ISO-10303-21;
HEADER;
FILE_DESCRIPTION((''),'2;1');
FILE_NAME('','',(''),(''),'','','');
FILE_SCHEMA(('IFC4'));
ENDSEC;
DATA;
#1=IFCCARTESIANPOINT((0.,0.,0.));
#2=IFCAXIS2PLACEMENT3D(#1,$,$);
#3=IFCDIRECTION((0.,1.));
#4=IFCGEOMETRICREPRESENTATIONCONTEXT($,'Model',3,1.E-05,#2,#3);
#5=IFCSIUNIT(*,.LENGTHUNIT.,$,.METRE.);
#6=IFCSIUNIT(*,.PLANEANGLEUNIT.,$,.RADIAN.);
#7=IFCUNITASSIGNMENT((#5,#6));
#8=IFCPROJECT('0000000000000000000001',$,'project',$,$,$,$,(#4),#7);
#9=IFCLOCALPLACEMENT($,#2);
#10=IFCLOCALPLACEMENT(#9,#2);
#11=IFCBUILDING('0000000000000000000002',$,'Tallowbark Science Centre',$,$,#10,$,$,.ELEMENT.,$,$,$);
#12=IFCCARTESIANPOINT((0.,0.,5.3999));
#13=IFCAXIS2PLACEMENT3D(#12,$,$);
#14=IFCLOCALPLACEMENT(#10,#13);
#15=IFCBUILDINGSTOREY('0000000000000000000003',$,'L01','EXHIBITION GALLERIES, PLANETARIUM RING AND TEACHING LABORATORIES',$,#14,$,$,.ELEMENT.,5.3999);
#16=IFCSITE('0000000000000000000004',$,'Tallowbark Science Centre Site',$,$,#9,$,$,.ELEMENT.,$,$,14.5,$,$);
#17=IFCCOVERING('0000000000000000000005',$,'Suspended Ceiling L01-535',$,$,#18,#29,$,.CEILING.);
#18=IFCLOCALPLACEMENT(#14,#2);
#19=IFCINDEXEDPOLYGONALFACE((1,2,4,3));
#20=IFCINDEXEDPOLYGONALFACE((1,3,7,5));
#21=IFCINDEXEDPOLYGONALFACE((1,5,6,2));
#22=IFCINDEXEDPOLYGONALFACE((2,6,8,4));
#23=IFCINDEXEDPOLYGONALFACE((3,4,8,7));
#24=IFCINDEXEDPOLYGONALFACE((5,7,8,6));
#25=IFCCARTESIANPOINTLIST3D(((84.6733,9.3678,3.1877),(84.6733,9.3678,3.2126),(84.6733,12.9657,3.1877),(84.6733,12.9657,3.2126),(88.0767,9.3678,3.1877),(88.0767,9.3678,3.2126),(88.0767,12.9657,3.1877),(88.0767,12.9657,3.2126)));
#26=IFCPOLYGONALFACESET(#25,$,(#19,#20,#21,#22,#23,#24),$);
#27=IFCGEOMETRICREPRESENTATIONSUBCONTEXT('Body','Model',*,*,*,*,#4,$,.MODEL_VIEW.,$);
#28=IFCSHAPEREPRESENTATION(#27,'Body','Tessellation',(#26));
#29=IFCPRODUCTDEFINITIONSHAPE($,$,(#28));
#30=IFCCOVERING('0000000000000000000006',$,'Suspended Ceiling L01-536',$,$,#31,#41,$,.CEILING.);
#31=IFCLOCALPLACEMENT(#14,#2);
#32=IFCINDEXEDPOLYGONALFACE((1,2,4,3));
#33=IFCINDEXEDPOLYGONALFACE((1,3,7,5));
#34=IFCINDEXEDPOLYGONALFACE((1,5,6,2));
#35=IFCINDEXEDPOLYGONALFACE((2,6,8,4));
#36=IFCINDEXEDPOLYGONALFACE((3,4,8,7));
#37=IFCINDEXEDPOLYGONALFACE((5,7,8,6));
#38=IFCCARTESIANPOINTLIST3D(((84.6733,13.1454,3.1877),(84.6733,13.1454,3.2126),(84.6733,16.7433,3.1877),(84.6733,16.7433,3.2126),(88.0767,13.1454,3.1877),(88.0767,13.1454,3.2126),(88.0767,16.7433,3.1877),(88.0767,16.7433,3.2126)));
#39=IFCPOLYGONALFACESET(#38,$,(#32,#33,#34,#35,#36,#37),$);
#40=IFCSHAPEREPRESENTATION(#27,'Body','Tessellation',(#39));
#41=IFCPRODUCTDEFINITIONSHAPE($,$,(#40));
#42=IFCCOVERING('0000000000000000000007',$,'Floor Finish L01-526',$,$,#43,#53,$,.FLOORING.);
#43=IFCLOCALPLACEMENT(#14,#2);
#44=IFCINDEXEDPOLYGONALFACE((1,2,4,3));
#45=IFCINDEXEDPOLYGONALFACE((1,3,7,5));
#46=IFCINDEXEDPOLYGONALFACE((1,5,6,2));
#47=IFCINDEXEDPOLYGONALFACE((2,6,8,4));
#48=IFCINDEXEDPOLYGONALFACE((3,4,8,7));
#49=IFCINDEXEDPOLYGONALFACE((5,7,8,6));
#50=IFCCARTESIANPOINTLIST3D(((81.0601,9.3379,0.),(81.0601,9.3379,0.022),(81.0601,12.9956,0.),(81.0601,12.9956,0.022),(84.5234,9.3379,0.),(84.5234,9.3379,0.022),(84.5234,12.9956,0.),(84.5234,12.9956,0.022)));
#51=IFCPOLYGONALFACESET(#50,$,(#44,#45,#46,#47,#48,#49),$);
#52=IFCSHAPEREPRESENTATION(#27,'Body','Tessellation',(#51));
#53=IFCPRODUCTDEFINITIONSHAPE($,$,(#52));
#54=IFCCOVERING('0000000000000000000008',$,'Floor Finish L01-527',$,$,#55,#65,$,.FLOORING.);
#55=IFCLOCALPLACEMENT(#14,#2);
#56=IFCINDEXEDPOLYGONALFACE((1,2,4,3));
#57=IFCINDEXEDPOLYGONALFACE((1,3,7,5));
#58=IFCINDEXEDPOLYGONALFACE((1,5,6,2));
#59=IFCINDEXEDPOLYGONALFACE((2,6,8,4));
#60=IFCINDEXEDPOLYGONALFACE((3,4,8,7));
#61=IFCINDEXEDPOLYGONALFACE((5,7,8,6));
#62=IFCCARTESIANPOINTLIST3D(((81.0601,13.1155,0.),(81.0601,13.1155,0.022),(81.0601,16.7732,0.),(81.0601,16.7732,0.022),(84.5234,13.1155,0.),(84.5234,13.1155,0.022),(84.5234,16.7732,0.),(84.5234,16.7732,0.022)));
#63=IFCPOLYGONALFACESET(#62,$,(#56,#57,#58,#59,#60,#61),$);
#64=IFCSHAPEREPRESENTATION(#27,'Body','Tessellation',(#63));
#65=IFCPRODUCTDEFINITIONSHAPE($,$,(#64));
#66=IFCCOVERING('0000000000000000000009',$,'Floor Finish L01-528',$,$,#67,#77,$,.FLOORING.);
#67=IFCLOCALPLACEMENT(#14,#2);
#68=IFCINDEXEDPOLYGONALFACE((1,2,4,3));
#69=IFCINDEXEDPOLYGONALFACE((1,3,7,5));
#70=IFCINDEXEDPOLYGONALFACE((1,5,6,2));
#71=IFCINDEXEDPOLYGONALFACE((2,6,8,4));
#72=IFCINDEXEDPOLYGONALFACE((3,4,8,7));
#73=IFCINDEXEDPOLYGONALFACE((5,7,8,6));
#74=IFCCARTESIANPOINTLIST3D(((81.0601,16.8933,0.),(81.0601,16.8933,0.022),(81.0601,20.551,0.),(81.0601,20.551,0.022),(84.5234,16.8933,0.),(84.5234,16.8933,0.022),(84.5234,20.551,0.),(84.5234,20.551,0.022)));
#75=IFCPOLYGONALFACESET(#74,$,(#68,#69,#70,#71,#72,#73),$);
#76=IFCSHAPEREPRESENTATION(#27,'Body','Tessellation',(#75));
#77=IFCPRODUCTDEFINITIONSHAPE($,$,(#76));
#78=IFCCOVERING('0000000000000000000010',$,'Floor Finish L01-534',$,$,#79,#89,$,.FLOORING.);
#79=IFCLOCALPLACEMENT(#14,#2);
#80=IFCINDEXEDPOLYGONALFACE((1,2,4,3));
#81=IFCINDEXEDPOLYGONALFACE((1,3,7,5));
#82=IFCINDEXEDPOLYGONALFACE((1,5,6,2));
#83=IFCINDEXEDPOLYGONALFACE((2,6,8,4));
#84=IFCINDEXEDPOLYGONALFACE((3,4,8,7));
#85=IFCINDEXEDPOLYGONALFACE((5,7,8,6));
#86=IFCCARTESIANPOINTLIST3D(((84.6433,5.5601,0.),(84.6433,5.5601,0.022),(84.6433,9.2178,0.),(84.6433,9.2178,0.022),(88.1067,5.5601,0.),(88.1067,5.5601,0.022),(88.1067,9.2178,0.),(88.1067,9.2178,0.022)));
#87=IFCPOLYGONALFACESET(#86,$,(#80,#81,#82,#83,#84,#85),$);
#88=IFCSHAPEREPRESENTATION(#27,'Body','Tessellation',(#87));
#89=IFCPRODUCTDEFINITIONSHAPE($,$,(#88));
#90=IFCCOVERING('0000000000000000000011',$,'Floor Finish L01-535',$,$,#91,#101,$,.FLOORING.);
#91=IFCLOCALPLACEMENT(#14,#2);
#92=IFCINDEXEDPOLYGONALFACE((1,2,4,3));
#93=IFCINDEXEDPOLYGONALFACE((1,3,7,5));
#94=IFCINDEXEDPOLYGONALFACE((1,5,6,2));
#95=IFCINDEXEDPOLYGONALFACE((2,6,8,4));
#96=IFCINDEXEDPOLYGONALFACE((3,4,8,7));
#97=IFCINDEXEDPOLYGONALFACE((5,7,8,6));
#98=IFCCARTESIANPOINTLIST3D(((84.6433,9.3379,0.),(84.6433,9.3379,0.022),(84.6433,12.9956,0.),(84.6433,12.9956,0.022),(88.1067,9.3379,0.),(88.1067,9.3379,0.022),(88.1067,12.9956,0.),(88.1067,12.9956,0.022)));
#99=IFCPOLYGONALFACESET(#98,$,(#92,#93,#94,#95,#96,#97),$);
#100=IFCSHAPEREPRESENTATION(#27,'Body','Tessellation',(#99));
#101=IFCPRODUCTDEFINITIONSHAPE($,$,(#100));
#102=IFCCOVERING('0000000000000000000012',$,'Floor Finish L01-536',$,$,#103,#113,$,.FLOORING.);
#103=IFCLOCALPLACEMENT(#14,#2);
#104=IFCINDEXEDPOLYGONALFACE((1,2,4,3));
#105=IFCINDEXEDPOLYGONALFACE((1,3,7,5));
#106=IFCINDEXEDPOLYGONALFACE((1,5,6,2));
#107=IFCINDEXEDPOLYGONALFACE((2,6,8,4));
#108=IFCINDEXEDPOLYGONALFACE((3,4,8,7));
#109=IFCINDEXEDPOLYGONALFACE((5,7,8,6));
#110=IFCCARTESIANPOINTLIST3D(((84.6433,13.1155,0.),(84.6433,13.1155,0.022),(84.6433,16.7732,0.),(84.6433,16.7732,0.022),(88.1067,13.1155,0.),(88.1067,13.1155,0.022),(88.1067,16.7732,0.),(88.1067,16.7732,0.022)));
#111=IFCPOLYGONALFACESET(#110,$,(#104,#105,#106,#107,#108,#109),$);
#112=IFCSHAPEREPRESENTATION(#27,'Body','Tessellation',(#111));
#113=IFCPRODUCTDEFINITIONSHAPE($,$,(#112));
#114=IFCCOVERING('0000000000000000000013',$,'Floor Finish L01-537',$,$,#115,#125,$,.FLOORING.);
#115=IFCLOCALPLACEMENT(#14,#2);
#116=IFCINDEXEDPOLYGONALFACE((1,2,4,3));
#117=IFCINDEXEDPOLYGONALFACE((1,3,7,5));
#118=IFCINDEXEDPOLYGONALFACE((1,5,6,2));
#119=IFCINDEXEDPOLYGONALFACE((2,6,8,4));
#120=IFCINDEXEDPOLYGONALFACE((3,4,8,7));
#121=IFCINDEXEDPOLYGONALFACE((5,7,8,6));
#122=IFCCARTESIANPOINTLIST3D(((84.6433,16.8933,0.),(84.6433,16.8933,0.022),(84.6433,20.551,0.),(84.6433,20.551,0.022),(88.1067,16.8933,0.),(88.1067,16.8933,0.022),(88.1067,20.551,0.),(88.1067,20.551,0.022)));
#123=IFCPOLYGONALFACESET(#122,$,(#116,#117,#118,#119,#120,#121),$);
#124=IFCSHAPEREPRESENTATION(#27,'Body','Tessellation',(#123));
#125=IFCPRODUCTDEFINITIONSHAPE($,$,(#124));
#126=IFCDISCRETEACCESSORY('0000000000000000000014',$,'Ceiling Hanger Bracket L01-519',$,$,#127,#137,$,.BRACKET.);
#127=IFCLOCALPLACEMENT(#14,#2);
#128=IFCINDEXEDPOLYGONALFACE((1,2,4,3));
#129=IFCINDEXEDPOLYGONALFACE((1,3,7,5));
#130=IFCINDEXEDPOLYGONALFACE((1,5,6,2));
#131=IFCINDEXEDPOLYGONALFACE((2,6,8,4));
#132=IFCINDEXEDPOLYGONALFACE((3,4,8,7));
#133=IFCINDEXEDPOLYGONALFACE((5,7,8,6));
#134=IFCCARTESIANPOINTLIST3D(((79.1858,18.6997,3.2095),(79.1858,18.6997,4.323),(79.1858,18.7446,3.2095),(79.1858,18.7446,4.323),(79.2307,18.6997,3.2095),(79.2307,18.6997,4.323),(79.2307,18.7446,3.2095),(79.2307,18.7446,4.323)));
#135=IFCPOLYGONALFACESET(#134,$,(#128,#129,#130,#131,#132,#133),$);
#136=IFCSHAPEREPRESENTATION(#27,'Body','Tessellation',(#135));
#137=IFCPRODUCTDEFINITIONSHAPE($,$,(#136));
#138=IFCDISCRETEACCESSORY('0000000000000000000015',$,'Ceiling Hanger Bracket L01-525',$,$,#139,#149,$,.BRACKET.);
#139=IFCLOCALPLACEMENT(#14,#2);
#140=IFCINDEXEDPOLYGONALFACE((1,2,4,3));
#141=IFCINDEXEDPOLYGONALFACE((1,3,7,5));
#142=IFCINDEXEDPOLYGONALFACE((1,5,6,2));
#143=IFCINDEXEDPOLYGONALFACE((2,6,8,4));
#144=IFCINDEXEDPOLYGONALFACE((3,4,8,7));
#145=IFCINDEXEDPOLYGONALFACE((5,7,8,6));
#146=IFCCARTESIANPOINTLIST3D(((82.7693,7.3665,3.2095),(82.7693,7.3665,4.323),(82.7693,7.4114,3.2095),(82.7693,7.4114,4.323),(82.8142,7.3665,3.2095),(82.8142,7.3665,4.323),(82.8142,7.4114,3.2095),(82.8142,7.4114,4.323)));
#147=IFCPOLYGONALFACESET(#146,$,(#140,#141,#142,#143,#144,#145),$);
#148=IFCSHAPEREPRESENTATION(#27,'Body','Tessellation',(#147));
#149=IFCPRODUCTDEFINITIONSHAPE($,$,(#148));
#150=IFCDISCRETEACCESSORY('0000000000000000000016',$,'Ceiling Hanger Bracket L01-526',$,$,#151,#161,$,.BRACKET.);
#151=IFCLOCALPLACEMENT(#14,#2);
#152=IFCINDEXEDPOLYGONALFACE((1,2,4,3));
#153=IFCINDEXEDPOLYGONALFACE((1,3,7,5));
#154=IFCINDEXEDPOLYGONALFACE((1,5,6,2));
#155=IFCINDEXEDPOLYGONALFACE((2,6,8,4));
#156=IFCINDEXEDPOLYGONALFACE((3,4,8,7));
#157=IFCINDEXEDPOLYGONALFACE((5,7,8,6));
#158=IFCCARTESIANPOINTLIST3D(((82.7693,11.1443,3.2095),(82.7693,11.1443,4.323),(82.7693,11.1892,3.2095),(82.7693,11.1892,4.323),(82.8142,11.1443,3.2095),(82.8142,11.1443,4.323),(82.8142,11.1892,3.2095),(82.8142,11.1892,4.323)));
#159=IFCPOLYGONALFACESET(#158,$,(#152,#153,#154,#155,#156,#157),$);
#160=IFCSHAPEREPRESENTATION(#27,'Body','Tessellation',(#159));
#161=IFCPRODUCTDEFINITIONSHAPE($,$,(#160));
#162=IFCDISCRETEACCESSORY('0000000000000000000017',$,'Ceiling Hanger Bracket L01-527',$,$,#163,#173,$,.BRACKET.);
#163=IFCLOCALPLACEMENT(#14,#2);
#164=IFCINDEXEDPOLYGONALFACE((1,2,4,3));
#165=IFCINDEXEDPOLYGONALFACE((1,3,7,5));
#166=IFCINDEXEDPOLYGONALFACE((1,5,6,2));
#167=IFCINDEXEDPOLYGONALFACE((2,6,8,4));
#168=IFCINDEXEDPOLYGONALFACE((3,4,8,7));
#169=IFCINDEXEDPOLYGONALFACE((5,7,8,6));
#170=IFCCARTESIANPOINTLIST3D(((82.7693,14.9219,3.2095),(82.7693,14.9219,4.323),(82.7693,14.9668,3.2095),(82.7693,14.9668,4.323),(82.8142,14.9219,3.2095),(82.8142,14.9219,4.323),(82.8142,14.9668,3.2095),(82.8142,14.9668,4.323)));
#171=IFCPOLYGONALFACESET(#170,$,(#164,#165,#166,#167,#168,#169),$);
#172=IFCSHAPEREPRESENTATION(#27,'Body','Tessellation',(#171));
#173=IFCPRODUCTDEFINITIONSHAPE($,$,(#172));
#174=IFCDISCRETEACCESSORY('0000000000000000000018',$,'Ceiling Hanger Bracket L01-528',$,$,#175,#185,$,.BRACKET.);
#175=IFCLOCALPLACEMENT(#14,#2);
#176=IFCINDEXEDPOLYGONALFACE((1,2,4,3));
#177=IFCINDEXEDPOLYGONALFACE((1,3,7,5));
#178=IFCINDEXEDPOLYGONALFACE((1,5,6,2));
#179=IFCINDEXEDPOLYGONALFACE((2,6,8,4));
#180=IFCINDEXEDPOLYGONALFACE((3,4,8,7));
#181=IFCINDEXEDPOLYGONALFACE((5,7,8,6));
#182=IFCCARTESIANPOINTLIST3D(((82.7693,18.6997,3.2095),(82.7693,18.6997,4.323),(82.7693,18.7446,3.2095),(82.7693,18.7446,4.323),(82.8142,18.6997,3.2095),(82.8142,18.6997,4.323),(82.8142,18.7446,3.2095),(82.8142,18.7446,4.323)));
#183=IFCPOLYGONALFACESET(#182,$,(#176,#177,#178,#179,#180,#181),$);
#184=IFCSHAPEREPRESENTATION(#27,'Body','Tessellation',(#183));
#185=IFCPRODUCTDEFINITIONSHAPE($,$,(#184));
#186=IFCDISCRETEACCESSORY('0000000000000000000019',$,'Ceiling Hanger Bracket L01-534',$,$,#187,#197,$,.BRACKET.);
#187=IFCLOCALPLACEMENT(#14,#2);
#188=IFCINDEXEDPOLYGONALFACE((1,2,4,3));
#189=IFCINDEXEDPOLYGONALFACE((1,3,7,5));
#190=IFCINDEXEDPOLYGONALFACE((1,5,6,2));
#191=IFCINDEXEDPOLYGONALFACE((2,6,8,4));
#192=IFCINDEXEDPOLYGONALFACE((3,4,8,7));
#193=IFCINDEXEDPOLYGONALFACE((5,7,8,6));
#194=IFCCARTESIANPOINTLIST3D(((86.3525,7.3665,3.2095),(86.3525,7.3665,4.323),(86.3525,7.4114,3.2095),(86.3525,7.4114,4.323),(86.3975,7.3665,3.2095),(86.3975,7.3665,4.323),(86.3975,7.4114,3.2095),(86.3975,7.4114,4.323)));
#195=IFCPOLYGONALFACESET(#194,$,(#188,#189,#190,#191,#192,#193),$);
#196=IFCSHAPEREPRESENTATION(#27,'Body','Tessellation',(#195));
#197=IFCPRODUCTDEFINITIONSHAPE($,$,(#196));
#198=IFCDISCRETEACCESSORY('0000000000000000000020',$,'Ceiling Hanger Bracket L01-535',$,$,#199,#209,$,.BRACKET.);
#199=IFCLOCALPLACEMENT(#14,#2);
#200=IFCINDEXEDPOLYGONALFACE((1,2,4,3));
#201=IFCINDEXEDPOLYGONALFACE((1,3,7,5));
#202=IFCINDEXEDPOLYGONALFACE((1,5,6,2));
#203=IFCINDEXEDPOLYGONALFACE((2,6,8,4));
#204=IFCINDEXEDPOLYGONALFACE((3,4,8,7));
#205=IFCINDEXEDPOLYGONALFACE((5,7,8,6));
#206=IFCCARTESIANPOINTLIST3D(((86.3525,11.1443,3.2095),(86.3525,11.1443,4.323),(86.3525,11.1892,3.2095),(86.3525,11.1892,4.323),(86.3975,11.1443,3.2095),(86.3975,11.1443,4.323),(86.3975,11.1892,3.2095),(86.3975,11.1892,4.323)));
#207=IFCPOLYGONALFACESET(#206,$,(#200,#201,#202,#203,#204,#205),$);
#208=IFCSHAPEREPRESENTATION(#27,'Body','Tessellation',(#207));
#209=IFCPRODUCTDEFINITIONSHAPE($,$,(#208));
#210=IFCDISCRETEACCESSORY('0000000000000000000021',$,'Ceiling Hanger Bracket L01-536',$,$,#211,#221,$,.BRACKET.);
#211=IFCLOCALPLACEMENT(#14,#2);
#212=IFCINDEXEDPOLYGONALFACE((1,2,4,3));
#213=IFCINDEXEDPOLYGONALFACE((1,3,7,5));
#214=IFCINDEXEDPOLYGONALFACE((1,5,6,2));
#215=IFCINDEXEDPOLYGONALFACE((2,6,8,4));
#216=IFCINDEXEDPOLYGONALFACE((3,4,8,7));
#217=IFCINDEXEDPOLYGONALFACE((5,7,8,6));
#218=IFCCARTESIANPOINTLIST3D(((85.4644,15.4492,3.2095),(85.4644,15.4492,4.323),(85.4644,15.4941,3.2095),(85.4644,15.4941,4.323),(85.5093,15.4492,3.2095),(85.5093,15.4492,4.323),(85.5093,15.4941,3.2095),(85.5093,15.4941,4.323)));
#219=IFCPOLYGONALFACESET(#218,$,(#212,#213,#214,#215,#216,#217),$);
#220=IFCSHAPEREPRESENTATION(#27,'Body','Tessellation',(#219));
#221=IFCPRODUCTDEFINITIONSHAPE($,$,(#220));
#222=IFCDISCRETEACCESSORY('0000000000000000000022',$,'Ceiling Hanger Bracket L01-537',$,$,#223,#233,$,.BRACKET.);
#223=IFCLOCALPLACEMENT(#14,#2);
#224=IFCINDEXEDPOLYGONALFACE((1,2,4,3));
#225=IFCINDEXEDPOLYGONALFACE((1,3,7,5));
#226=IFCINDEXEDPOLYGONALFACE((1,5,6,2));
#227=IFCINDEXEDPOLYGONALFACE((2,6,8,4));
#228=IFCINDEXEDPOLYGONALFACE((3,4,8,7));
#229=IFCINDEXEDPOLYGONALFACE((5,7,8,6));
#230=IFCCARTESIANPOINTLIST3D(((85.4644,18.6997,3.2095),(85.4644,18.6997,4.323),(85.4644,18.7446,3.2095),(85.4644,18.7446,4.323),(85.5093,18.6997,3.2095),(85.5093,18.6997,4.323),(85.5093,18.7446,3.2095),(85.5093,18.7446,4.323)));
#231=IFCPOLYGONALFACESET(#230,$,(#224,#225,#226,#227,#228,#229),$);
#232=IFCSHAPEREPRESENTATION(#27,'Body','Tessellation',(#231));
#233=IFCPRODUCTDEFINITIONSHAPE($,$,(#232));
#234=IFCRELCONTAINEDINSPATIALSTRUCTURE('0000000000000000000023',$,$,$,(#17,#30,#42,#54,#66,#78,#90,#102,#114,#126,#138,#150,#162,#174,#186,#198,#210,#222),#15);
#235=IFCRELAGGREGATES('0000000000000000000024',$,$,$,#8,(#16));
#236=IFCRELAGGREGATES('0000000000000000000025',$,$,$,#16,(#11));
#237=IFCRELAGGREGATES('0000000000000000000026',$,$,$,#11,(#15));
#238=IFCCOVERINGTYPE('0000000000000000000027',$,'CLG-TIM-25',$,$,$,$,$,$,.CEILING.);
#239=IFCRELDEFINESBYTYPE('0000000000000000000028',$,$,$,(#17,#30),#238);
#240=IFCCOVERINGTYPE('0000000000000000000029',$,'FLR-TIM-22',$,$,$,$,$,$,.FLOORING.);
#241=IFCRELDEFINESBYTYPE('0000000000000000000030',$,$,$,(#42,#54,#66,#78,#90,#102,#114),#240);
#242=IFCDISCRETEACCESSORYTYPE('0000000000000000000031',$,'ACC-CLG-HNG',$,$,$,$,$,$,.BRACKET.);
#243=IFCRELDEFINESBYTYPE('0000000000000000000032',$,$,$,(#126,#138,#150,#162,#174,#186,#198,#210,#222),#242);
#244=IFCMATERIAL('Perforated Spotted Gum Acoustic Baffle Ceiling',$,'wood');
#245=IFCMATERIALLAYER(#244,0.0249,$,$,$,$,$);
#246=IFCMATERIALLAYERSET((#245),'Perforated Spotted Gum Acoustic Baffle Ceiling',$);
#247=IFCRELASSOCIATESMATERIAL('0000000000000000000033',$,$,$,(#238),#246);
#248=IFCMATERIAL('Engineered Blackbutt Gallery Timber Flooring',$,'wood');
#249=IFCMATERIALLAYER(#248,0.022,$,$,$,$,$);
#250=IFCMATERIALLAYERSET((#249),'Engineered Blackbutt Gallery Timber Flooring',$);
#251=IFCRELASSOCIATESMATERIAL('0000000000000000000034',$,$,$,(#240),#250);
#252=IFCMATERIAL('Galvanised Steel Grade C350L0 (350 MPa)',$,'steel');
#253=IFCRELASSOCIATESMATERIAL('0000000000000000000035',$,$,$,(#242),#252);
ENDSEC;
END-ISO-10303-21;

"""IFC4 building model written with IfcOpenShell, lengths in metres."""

from ifc_helpers import new_model, si_unit, direction, frame, origin, origin_2d, place, context, subcontext, project, spatial, rectangle, extrude, material, layer, layer_set, type_object, element, save


model = new_model("IFC4")

# Units and contexts
model_context = context("Model", 3, precision=1e-05, world=origin(), true_north=direction((0.0, 1.0)))
body_context = subcontext(model_context, "Body", "Model", "MODEL_VIEW")
ifc_project = project(units=[si_unit("LENGTHUNIT", "METRE"), si_unit("PLANEANGLEUNIT", "RADIAN")], contexts=[model_context])

# Site, building, storey
site_placement = place(None, origin())
site = spatial("IfcSite", under=ifc_project, at=site_placement, Name="Tallowbark Science Centre Site", CompositionType="ELEMENT", RefElevation=14.5)
building_placement = place(site_placement, origin())
building = spatial("IfcBuilding", under=site, at=building_placement, Name="Tallowbark Science Centre", CompositionType="ELEMENT")
storey_placement = place(building_placement, frame((0.0, 0.0, 5.3999)))
storey = spatial("IfcBuildingStorey", under=building, at=storey_placement, Name="L01", Description="EXHIBITION GALLERIES, PLANETARIUM RING AND TEACHING LABORATORIES", CompositionType="ELEMENT", Elevation=5.3999)

# Coverings
ifc_material_1 = material(Name="Perforated Spotted Gum Acoustic Baffle Ceiling", Category="wood")
ifc_layer_1 = layer(ifc_material_1, 0.0249)
ifc_layer_set_1 = layer_set([ifc_layer_1], Name="Perforated Spotted Gum Acoustic Baffle Ceiling")
covering_type_1 = type_object("IfcCoveringType", Name="CLG-TIM-25", PredefinedType="CEILING", material=ifc_layer_set_1)
for number, where, z_axis, x_axis, name in (
    (1, (86.375, 11.1667, 3.1877), (0.0, 0.0, 1.0), (1.0, 0.0, 0.0), "Suspended Ceiling L01-535"),
    (2, (86.375, 14.9443, 3.1877), (0.0, 0.0, 1.0), (1.0, 0.0, 0.0), "Suspended Ceiling L01-536"),
):
    element("IfcCovering", number, at=place(storey_placement, frame(where, z_axis=z_axis, x_axis=x_axis)), inside=storey, type_object=covering_type_1, Name=name, PredefinedType="CEILING", context=body_context, shape_type="SweptSolid", body=[
        extrude(rectangle(XDim=3.4033, YDim=3.5979, at=origin_2d()), origin(), (0.0, 0.0, 1.0), 0.0249),
    ])
ifc_material_2 = material(Name="Engineered Blackbutt Gallery Timber Flooring", Category="wood")
ifc_layer_2 = layer(ifc_material_2, 0.022)
ifc_layer_set_2 = layer_set([ifc_layer_2], Name="Engineered Blackbutt Gallery Timber Flooring")
covering_type_2 = type_object("IfcCoveringType", Name="FLR-TIM-22", PredefinedType="FLOORING", material=ifc_layer_set_2)
for number, where, z_axis, x_axis, name in (
    (3, (82.7917, 11.1667, 0.0), (0.0, 0.0, 1.0), (1.0, 0.0, 0.0), "Floor Finish L01-526"),
    (4, (82.7917, 14.9443, 0.0), (0.0, 0.0, 1.0), (1.0, 0.0, 0.0), "Floor Finish L01-527"),
    (5, (82.7917, 18.7222, 0.0), (0.0, 0.0, 1.0), (1.0, 0.0, 0.0), "Floor Finish L01-528"),
    (6, (86.375, 7.3889, 0.0), (0.0, 0.0, 1.0), (1.0, 0.0, 0.0), "Floor Finish L01-534"),
    (7, (86.375, 11.1667, 0.0), (0.0, 0.0, 1.0), (1.0, 0.0, 0.0), "Floor Finish L01-535"),
    (8, (86.375, 14.9443, 0.0), (0.0, 0.0, 1.0), (1.0, 0.0, 0.0), "Floor Finish L01-536"),
    (9, (86.375, 18.7222, 0.0), (0.0, 0.0, 1.0), (1.0, 0.0, 0.0), "Floor Finish L01-537"),
):
    element("IfcCovering", number, at=place(storey_placement, frame(where, z_axis=z_axis, x_axis=x_axis)), inside=storey, type_object=covering_type_2, Name=name, PredefinedType="FLOORING", context=body_context, shape_type="SweptSolid", body=[
        extrude(rectangle(XDim=3.4634, YDim=3.6577, at=origin_2d()), origin(), (0.0, 0.0, 1.0), 0.022),
    ])

# Discrete accessories
ifc_material_3 = material(Name="Galvanised Steel Grade C350L0 (350 MPa)", Category="steel")
discrete_accessory_type = type_object("IfcDiscreteAccessoryType", Name="ACC-CLG-HNG", PredefinedType="BRACKET", material=ifc_material_3)
for number, where, z_axis, x_axis, name in (
    (10, (79.2083, 18.7222, 3.2095), (0.0, 0.0, 1.0), (1.0, 0.0, 0.0), "Ceiling Hanger Bracket L01-519"),
    (11, (82.7917, 7.3889, 3.2095), (0.0, 0.0, 1.0), (1.0, 0.0, 0.0), "Ceiling Hanger Bracket L01-525"),
    (12, (82.7917, 11.1667, 3.2095), (0.0, 0.0, 1.0), (1.0, 0.0, 0.0), "Ceiling Hanger Bracket L01-526"),
    (13, (82.7917, 14.9443, 3.2095), (0.0, 0.0, 1.0), (1.0, 0.0, 0.0), "Ceiling Hanger Bracket L01-527"),
    (14, (82.7917, 18.7222, 3.2095), (0.0, 0.0, 1.0), (1.0, 0.0, 0.0), "Ceiling Hanger Bracket L01-528"),
    (15, (86.375, 7.3889, 3.2095), (0.0, 0.0, 1.0), (1.0, 0.0, 0.0), "Ceiling Hanger Bracket L01-534"),
    (16, (86.375, 11.1667, 3.2095), (0.0, 0.0, 1.0), (1.0, 0.0, 0.0), "Ceiling Hanger Bracket L01-535"),
    (17, (85.4868, 15.4717, 3.2095), (0.0, 0.0, 1.0), (1.0, 0.0, 0.0), "Ceiling Hanger Bracket L01-536"),
    (18, (85.4868, 18.7222, 3.2095), (0.0, 0.0, 1.0), (1.0, 0.0, 0.0), "Ceiling Hanger Bracket L01-537"),
):
    element("IfcDiscreteAccessory", number, at=place(storey_placement, frame(where, z_axis=z_axis, x_axis=x_axis)), inside=storey, type_object=discrete_accessory_type, Name=name, PredefinedType="BRACKET", context=body_context, shape_type="SweptSolid", body=[
        extrude(rectangle(XDim=0.0449, YDim=0.0449, at=origin_2d()), origin(), (0.0, 0.0, 1.0), 1.1135),
    ])

save(model, "model.ifc")
